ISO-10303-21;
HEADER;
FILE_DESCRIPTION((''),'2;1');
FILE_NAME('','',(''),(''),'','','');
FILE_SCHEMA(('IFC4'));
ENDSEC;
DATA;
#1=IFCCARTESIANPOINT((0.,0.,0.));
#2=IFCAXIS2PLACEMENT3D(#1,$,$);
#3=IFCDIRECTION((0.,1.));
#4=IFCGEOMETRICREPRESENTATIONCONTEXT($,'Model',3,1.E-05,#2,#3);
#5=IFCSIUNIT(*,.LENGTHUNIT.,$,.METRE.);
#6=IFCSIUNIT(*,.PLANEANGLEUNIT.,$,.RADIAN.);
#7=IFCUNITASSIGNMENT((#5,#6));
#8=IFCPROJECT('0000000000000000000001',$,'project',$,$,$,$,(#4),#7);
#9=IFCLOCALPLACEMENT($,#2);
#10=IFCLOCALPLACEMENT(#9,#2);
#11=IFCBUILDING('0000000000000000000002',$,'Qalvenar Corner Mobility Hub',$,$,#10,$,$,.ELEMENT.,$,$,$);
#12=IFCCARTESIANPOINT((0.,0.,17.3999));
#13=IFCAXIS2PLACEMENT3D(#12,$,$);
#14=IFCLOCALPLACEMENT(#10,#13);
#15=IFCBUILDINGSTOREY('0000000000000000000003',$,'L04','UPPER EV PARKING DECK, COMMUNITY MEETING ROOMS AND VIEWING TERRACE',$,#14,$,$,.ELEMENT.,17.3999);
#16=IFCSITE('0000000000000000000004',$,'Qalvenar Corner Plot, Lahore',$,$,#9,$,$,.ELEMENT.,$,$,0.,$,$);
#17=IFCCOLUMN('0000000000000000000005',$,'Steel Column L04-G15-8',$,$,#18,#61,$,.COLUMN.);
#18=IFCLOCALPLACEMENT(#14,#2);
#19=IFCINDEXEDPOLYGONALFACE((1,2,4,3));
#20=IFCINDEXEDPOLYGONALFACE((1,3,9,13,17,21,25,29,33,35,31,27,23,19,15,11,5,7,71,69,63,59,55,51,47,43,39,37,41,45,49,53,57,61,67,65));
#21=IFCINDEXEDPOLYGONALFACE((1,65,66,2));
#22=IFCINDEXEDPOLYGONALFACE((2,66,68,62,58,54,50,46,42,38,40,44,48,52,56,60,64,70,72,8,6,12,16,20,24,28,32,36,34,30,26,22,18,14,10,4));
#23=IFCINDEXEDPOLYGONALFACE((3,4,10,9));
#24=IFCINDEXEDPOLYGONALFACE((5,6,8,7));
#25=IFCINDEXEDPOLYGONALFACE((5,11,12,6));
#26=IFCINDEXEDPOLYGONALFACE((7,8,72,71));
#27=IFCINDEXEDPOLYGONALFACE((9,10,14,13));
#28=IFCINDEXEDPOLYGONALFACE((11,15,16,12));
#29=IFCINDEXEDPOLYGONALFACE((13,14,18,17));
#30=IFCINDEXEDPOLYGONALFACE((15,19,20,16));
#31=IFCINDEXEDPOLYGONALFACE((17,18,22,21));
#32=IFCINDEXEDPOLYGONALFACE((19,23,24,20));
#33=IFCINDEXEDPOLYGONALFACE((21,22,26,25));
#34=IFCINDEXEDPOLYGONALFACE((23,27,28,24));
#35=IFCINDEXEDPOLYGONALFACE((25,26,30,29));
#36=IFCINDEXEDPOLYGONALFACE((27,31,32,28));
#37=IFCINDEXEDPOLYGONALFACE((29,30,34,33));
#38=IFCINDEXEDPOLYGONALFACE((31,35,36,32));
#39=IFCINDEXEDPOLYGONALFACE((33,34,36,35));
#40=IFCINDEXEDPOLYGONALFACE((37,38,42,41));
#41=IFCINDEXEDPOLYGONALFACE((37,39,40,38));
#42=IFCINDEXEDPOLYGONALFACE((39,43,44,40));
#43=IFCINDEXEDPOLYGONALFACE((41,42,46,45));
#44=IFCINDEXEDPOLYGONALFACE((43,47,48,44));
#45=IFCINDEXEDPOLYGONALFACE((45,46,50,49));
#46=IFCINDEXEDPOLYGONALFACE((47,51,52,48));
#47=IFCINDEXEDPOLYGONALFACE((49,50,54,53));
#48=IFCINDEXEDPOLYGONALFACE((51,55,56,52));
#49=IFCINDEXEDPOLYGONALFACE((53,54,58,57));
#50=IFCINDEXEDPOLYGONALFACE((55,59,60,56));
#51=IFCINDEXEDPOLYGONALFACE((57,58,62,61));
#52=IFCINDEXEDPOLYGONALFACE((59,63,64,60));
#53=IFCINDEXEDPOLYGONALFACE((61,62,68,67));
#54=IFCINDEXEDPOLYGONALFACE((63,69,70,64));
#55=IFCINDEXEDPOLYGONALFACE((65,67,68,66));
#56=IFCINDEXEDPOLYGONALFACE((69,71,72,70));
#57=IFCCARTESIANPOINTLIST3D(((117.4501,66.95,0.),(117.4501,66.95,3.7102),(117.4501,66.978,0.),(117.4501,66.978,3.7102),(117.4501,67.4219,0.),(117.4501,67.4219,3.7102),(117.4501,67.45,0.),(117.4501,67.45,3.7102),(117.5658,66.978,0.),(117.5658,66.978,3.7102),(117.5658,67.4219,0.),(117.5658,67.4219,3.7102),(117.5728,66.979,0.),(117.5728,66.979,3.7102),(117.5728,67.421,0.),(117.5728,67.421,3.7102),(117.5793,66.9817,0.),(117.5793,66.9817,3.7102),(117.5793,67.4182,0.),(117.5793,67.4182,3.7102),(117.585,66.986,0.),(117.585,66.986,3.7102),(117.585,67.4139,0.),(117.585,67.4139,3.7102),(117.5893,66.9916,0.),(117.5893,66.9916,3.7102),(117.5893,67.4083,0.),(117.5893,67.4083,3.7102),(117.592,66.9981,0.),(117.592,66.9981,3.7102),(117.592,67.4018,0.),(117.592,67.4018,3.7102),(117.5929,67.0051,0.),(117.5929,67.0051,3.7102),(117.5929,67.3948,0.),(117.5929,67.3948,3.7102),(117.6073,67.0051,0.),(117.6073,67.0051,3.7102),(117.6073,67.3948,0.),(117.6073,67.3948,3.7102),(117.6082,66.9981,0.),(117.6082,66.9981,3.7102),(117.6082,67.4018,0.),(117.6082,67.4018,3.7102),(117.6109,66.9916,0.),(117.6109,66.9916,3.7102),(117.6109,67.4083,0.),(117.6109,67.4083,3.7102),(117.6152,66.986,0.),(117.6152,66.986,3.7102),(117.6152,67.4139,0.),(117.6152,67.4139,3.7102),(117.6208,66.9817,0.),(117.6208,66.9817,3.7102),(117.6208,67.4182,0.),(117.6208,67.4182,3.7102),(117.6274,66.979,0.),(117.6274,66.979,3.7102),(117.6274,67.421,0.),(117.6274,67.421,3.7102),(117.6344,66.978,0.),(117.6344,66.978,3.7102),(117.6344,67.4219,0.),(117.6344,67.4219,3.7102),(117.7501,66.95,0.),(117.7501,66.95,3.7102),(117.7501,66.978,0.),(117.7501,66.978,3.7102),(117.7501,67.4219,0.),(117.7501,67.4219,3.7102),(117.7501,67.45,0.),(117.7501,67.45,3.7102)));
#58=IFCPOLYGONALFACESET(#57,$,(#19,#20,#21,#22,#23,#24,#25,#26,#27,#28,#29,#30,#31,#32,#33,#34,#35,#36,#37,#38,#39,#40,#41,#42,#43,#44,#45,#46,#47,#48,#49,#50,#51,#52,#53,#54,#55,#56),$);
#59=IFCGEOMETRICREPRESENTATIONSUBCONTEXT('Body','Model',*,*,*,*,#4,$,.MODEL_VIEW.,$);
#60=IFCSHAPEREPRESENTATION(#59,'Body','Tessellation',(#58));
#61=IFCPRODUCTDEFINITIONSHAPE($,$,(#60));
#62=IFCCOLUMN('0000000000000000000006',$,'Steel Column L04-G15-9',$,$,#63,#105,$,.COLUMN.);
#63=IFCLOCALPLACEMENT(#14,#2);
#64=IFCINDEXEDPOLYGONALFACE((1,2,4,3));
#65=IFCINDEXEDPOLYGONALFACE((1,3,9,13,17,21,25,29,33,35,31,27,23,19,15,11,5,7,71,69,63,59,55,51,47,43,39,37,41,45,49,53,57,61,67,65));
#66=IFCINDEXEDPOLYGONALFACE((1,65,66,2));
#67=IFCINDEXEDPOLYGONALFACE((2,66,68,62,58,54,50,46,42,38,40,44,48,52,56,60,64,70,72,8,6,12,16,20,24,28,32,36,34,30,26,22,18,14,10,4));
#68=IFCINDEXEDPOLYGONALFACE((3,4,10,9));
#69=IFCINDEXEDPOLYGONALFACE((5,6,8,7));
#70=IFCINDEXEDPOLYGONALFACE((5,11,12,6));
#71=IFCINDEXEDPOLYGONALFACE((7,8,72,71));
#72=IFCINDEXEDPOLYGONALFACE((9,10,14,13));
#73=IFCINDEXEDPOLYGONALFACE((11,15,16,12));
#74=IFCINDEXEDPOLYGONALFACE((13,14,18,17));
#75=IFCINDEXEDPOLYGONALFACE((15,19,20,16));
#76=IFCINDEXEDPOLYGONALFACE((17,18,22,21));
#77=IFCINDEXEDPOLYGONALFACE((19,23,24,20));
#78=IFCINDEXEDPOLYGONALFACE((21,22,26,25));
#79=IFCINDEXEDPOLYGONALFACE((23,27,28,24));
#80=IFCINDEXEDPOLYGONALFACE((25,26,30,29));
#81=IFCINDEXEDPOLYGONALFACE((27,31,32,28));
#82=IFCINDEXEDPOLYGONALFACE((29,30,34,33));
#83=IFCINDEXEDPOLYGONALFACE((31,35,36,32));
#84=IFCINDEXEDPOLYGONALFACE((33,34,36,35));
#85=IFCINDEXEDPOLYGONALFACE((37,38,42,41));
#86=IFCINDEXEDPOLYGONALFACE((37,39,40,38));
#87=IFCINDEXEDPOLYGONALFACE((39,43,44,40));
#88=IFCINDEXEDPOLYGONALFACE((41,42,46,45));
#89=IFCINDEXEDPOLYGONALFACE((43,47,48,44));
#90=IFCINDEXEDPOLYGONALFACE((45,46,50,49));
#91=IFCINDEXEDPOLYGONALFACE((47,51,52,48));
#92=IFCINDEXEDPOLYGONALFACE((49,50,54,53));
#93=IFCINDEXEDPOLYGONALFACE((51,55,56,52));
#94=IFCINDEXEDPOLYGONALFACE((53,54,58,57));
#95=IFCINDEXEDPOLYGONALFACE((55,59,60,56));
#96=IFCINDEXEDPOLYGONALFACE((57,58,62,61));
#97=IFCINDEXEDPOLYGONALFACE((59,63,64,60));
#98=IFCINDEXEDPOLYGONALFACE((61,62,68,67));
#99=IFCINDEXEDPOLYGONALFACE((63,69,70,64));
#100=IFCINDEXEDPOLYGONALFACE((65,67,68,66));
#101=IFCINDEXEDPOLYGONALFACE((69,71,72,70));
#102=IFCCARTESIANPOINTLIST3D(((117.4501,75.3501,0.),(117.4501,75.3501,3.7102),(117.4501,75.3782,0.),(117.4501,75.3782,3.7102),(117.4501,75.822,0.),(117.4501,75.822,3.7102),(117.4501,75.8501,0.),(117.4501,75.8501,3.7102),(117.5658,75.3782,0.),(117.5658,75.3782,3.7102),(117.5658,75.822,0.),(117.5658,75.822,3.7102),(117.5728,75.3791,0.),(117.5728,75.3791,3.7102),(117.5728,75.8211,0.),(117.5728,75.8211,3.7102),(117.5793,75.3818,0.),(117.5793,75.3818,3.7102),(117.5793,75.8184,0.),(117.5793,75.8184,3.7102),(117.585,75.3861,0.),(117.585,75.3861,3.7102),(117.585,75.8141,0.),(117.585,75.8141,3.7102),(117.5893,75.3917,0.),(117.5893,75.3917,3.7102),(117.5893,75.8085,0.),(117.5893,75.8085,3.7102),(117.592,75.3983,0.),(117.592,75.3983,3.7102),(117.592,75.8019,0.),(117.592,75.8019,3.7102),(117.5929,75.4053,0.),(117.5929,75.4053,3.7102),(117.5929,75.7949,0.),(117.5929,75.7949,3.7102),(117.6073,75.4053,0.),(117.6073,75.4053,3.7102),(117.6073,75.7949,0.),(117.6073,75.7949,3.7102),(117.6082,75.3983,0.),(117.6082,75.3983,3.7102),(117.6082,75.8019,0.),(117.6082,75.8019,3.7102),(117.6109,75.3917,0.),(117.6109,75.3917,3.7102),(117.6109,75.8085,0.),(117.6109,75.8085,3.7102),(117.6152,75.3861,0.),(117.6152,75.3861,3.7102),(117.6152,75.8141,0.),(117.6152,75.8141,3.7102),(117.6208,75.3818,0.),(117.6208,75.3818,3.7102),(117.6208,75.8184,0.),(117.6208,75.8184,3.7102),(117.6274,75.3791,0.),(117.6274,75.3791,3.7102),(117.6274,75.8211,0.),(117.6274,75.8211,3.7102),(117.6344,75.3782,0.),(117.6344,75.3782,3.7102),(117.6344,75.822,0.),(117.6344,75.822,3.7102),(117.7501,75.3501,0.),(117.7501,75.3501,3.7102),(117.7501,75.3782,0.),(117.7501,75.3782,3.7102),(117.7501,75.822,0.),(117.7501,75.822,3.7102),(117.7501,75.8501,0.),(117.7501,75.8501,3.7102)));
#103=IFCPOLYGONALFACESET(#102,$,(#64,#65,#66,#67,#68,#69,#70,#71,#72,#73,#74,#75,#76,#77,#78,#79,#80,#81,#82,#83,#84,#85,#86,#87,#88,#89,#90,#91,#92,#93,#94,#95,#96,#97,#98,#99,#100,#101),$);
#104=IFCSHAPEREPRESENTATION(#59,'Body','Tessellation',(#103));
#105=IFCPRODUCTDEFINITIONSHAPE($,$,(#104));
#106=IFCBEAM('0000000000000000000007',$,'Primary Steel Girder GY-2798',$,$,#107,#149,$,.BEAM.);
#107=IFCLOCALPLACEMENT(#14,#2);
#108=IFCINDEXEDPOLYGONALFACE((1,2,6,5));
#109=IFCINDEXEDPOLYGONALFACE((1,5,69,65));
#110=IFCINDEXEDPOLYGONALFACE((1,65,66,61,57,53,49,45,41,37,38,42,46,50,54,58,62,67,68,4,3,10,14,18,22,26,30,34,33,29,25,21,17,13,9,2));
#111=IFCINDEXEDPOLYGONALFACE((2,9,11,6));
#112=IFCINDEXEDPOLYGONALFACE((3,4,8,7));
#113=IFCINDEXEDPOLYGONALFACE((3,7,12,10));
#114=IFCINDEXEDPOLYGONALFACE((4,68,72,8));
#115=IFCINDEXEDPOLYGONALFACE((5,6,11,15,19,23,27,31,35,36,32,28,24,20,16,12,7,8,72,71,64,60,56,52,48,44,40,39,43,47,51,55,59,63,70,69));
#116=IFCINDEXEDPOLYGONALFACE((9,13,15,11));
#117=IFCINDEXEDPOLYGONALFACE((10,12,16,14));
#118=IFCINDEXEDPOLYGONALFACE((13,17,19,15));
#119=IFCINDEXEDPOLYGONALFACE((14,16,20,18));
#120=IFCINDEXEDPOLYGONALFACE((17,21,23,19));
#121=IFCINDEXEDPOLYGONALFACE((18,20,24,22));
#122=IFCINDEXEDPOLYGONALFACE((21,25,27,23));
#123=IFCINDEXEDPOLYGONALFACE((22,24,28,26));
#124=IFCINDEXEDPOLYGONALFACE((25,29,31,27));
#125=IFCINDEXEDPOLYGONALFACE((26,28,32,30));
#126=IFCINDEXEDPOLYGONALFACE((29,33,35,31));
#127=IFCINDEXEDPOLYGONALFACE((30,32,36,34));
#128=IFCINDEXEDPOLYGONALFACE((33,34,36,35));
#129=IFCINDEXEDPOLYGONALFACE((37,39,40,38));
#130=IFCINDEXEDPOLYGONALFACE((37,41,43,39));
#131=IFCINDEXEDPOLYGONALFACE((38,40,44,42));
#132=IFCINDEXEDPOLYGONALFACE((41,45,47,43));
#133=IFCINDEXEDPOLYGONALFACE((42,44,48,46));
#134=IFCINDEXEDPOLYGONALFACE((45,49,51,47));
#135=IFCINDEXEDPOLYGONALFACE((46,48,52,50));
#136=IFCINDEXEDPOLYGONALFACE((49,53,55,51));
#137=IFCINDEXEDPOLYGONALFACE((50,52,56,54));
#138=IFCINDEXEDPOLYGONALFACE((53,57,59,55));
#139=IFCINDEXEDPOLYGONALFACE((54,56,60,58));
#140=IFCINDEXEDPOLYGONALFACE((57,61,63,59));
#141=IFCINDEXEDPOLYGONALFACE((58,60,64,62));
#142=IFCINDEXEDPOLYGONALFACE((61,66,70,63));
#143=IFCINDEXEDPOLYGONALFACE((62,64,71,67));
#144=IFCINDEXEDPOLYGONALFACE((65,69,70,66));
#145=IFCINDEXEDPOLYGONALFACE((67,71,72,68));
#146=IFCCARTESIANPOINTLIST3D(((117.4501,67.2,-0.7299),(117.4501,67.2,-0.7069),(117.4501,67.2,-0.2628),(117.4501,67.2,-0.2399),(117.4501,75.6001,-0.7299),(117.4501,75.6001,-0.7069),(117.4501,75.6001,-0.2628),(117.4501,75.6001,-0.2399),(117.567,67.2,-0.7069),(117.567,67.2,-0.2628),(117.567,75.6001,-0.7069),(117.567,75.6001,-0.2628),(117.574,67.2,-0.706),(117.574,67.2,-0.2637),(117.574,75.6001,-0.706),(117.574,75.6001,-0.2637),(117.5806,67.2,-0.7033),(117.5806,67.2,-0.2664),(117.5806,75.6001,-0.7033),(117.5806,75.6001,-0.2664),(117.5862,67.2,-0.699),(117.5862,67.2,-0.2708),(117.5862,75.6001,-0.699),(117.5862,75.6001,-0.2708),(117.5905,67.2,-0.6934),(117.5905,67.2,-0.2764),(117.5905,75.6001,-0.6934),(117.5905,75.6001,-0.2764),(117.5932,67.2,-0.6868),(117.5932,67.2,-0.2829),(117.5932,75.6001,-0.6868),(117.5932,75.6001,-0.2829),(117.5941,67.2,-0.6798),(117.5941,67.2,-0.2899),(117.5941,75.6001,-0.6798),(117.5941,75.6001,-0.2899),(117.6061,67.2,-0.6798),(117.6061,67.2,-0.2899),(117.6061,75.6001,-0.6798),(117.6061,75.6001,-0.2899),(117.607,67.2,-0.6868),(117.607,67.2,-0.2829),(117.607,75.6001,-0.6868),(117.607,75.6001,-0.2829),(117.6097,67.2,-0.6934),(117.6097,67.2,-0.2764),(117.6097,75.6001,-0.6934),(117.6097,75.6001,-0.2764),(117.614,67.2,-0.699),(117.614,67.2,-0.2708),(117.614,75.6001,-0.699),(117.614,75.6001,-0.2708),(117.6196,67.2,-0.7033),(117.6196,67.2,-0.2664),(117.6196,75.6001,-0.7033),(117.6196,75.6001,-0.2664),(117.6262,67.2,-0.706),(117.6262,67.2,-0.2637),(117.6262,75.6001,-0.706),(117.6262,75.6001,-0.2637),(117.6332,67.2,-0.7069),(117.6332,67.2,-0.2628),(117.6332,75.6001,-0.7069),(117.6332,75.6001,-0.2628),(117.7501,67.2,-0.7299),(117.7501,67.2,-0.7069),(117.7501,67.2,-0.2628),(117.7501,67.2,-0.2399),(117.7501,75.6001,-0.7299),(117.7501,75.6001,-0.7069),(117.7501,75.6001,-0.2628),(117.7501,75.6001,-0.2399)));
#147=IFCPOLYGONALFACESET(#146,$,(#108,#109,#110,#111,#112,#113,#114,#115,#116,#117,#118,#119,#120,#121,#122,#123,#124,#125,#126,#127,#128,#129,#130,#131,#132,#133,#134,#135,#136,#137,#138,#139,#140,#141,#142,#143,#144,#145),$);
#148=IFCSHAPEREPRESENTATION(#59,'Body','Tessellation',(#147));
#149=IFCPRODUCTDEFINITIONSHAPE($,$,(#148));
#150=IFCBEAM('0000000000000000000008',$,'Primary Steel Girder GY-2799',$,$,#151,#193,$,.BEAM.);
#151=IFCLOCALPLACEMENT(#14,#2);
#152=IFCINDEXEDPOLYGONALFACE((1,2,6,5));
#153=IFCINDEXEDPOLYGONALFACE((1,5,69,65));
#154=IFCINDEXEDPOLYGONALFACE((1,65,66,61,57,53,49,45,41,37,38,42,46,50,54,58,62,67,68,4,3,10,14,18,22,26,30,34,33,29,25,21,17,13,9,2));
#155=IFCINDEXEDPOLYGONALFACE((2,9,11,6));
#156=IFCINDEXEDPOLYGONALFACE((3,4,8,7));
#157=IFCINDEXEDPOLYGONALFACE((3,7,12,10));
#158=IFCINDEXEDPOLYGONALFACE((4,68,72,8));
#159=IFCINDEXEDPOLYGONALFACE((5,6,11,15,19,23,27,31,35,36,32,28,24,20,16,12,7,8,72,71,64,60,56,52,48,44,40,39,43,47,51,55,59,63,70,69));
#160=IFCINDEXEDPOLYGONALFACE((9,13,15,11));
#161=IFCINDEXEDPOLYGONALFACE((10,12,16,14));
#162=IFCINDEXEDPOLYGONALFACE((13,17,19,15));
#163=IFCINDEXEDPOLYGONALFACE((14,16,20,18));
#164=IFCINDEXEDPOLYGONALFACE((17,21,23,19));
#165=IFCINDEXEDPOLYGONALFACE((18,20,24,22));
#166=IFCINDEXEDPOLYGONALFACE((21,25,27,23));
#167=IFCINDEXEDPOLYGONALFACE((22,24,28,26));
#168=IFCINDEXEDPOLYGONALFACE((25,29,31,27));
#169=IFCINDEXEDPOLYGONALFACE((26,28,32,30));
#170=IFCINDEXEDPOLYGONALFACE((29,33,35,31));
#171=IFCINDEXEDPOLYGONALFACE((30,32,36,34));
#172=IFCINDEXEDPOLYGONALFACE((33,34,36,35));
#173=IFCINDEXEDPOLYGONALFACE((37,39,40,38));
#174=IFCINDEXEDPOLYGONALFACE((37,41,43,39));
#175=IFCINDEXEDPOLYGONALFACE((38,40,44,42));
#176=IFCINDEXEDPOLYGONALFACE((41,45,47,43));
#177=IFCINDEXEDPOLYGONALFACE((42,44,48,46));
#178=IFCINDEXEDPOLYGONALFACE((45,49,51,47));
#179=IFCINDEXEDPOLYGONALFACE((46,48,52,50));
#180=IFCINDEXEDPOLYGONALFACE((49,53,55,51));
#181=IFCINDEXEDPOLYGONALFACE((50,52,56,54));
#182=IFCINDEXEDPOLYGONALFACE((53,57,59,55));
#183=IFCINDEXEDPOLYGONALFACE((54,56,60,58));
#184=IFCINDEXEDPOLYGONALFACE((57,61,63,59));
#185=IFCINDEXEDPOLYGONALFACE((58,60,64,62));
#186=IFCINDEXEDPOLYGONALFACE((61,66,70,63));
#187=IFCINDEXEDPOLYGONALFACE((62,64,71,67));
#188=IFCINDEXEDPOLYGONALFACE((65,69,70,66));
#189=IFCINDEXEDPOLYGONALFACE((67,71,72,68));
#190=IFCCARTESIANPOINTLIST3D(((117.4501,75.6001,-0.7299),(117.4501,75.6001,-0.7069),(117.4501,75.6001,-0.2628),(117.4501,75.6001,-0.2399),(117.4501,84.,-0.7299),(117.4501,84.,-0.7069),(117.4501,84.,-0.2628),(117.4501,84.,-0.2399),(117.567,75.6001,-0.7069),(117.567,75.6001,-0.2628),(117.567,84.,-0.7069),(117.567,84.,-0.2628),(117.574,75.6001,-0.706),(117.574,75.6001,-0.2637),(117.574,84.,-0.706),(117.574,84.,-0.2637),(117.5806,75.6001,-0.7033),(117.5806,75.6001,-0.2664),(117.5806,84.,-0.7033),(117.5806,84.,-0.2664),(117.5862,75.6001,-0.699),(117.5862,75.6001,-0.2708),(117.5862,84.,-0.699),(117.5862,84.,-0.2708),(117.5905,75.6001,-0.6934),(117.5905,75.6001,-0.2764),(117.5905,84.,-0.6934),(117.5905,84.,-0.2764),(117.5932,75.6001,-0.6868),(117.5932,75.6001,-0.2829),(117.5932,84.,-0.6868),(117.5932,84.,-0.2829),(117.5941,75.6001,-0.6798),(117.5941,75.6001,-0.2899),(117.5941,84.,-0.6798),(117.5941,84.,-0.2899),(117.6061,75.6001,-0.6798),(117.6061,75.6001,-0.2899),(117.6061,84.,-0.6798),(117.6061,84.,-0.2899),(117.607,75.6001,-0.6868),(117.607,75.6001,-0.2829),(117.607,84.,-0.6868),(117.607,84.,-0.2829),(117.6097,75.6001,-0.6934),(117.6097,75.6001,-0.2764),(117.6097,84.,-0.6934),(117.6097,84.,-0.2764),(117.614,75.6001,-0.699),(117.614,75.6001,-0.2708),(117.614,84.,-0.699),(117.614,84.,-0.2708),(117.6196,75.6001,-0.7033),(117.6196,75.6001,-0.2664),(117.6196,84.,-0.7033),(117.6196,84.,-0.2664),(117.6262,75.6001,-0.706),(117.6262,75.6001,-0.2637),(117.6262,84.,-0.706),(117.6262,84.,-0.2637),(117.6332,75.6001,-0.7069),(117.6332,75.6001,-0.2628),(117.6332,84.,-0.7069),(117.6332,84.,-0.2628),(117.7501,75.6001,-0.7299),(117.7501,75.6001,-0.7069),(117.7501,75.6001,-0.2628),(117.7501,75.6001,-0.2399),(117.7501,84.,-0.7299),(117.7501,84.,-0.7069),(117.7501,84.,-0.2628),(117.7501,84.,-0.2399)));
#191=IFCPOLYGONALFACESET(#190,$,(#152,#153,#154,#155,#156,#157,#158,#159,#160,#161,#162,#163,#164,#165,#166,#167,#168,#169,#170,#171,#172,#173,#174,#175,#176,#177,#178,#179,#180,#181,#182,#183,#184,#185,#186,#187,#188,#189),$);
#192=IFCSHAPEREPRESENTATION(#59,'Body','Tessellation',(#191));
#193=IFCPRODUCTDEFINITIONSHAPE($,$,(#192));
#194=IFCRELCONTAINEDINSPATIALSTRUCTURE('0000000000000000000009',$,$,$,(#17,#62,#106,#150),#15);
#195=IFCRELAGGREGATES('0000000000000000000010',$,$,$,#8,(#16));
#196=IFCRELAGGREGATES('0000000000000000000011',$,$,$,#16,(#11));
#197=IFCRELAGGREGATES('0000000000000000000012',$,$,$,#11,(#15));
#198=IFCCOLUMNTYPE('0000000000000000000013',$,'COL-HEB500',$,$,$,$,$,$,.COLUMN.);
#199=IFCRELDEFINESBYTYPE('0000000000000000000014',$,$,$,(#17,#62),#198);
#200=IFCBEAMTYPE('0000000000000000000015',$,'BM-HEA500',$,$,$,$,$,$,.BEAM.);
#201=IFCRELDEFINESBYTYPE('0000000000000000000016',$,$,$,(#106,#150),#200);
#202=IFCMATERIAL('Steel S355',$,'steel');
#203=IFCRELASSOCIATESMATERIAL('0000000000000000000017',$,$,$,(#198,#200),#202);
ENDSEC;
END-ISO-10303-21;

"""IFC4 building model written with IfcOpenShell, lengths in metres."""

from ifc_helpers import new_model, si_unit, direction, frame, origin, origin_2d, place, context, subcontext, project, spatial, i_section, extrude, material, material_profile, profile_set, type_object, element, save


model = new_model("IFC4")

# Units and contexts
model_context = context("Model", 3, precision=1e-05, world=origin(), true_north=direction((0.0, 1.0)))
body_context = subcontext(model_context, "Body", "Model", "MODEL_VIEW")
ifc_project = project(units=[si_unit("LENGTHUNIT", "METRE"), si_unit("PLANEANGLEUNIT", "RADIAN")], contexts=[model_context])

# Site, building, storey
site_placement = place(None, origin())
site = spatial("IfcSite", under=ifc_project, at=site_placement, Name="Qalvenar Corner Plot, Lahore", CompositionType="ELEMENT", RefElevation=0.0)
building_placement = place(site_placement, origin())
building = spatial("IfcBuilding", under=site, at=building_placement, Name="Qalvenar Corner Mobility Hub", CompositionType="ELEMENT")
storey_placement = place(building_placement, frame((0.0, 0.0, 17.3999)))
storey = spatial("IfcBuildingStorey", under=building, at=storey_placement, Name="L04", Description="UPPER EV PARKING DECK, COMMUNITY MEETING ROOMS AND VIEWING TERRACE", CompositionType="ELEMENT", Elevation=17.3999)

# Columns
ifc_material = material(Name="Steel S355", Category="steel")
ifc_material_profile_1 = material_profile(ifc_material, i_section(OverallWidth=0.3, OverallDepth=0.5, WebThickness=0.0144, FlangeThickness=0.0281, FilletRadius=0.0271, at=origin_2d()), Name="HEB500")
ifc_profile_set_1 = profile_set([ifc_material_profile_1], Name="Steel S355")
column_type = type_object("IfcColumnType", Name="COL-HEB500", PredefinedType="COLUMN", material=ifc_profile_set_1)
for number, where, z_axis, x_axis, name in (
    (1, (117.6001, 67.2, 0.0), (0.0, 0.0, 1.0), (1.0, 0.0, 0.0), "Steel Column L04-G15-8"),
    (2, (117.6001, 75.6001, 0.0), (0.0, 0.0, 1.0), (1.0, 0.0, 0.0), "Steel Column L04-G15-9"),
):
    element("IfcColumn", number, at=place(storey_placement, frame(where, z_axis=z_axis, x_axis=x_axis)), inside=storey, type_object=column_type, Name=name, PredefinedType="COLUMN", context=body_context, shape_type="SweptSolid", body=[
        extrude(i_section(OverallWidth=0.3, OverallDepth=0.5, WebThickness=0.0144, FlangeThickness=0.0281, FilletRadius=0.0271, at=origin_2d()), origin(), (0.0, 0.0, 1.0), 3.7102),
    ])

# Beams
ifc_material_profile_2 = material_profile(ifc_material, i_section(OverallWidth=0.3, OverallDepth=0.49, WebThickness=0.012, FlangeThickness=0.0229, FilletRadius=0.0271, at=origin_2d()), Name="HEA500")
ifc_profile_set_2 = profile_set([ifc_material_profile_2], Name="Steel S355")
beam_type_1 = type_object("IfcBeamType", Name="BM-HEA500", PredefinedType="BEAM", material=ifc_profile_set_2)
beam_1_placement = place(storey_placement, frame((117.6001, 67.2, -0.4849), z_axis=(0.0, 1.0, 0.0), x_axis=(-1.0, 0.0, 0.0)))
element("IfcBeam", 3, at=beam_1_placement, inside=storey, type_object=beam_type_1, Name="Primary Steel Girder GY-2798", PredefinedType="BEAM", context=body_context, shape_type="SweptSolid", body=[
    extrude(i_section(OverallWidth=0.3, OverallDepth=0.49, WebThickness=0.012, FlangeThickness=0.0229, FilletRadius=0.0271, at=origin_2d()), origin(), (0.0, 0.0, 1.0), 8.4001),
])
beam_2_placement = place(storey_placement, frame((117.6001, 75.6001, -0.4849), z_axis=(0.0, 1.0, 0.0), x_axis=(-1.0, 0.0, 0.0)))
element("IfcBeam", 4, at=beam_2_placement, inside=storey, type_object=beam_type_1, Name="Primary Steel Girder GY-2799", PredefinedType="BEAM", context=body_context, shape_type="SweptSolid", body=[
    extrude(i_section(OverallWidth=0.3, OverallDepth=0.49, WebThickness=0.012, FlangeThickness=0.0229, FilletRadius=0.0271, at=origin_2d()), origin(), (0.0, 0.0, 1.0), 8.3999),
])

save(model, "model.ifc")
